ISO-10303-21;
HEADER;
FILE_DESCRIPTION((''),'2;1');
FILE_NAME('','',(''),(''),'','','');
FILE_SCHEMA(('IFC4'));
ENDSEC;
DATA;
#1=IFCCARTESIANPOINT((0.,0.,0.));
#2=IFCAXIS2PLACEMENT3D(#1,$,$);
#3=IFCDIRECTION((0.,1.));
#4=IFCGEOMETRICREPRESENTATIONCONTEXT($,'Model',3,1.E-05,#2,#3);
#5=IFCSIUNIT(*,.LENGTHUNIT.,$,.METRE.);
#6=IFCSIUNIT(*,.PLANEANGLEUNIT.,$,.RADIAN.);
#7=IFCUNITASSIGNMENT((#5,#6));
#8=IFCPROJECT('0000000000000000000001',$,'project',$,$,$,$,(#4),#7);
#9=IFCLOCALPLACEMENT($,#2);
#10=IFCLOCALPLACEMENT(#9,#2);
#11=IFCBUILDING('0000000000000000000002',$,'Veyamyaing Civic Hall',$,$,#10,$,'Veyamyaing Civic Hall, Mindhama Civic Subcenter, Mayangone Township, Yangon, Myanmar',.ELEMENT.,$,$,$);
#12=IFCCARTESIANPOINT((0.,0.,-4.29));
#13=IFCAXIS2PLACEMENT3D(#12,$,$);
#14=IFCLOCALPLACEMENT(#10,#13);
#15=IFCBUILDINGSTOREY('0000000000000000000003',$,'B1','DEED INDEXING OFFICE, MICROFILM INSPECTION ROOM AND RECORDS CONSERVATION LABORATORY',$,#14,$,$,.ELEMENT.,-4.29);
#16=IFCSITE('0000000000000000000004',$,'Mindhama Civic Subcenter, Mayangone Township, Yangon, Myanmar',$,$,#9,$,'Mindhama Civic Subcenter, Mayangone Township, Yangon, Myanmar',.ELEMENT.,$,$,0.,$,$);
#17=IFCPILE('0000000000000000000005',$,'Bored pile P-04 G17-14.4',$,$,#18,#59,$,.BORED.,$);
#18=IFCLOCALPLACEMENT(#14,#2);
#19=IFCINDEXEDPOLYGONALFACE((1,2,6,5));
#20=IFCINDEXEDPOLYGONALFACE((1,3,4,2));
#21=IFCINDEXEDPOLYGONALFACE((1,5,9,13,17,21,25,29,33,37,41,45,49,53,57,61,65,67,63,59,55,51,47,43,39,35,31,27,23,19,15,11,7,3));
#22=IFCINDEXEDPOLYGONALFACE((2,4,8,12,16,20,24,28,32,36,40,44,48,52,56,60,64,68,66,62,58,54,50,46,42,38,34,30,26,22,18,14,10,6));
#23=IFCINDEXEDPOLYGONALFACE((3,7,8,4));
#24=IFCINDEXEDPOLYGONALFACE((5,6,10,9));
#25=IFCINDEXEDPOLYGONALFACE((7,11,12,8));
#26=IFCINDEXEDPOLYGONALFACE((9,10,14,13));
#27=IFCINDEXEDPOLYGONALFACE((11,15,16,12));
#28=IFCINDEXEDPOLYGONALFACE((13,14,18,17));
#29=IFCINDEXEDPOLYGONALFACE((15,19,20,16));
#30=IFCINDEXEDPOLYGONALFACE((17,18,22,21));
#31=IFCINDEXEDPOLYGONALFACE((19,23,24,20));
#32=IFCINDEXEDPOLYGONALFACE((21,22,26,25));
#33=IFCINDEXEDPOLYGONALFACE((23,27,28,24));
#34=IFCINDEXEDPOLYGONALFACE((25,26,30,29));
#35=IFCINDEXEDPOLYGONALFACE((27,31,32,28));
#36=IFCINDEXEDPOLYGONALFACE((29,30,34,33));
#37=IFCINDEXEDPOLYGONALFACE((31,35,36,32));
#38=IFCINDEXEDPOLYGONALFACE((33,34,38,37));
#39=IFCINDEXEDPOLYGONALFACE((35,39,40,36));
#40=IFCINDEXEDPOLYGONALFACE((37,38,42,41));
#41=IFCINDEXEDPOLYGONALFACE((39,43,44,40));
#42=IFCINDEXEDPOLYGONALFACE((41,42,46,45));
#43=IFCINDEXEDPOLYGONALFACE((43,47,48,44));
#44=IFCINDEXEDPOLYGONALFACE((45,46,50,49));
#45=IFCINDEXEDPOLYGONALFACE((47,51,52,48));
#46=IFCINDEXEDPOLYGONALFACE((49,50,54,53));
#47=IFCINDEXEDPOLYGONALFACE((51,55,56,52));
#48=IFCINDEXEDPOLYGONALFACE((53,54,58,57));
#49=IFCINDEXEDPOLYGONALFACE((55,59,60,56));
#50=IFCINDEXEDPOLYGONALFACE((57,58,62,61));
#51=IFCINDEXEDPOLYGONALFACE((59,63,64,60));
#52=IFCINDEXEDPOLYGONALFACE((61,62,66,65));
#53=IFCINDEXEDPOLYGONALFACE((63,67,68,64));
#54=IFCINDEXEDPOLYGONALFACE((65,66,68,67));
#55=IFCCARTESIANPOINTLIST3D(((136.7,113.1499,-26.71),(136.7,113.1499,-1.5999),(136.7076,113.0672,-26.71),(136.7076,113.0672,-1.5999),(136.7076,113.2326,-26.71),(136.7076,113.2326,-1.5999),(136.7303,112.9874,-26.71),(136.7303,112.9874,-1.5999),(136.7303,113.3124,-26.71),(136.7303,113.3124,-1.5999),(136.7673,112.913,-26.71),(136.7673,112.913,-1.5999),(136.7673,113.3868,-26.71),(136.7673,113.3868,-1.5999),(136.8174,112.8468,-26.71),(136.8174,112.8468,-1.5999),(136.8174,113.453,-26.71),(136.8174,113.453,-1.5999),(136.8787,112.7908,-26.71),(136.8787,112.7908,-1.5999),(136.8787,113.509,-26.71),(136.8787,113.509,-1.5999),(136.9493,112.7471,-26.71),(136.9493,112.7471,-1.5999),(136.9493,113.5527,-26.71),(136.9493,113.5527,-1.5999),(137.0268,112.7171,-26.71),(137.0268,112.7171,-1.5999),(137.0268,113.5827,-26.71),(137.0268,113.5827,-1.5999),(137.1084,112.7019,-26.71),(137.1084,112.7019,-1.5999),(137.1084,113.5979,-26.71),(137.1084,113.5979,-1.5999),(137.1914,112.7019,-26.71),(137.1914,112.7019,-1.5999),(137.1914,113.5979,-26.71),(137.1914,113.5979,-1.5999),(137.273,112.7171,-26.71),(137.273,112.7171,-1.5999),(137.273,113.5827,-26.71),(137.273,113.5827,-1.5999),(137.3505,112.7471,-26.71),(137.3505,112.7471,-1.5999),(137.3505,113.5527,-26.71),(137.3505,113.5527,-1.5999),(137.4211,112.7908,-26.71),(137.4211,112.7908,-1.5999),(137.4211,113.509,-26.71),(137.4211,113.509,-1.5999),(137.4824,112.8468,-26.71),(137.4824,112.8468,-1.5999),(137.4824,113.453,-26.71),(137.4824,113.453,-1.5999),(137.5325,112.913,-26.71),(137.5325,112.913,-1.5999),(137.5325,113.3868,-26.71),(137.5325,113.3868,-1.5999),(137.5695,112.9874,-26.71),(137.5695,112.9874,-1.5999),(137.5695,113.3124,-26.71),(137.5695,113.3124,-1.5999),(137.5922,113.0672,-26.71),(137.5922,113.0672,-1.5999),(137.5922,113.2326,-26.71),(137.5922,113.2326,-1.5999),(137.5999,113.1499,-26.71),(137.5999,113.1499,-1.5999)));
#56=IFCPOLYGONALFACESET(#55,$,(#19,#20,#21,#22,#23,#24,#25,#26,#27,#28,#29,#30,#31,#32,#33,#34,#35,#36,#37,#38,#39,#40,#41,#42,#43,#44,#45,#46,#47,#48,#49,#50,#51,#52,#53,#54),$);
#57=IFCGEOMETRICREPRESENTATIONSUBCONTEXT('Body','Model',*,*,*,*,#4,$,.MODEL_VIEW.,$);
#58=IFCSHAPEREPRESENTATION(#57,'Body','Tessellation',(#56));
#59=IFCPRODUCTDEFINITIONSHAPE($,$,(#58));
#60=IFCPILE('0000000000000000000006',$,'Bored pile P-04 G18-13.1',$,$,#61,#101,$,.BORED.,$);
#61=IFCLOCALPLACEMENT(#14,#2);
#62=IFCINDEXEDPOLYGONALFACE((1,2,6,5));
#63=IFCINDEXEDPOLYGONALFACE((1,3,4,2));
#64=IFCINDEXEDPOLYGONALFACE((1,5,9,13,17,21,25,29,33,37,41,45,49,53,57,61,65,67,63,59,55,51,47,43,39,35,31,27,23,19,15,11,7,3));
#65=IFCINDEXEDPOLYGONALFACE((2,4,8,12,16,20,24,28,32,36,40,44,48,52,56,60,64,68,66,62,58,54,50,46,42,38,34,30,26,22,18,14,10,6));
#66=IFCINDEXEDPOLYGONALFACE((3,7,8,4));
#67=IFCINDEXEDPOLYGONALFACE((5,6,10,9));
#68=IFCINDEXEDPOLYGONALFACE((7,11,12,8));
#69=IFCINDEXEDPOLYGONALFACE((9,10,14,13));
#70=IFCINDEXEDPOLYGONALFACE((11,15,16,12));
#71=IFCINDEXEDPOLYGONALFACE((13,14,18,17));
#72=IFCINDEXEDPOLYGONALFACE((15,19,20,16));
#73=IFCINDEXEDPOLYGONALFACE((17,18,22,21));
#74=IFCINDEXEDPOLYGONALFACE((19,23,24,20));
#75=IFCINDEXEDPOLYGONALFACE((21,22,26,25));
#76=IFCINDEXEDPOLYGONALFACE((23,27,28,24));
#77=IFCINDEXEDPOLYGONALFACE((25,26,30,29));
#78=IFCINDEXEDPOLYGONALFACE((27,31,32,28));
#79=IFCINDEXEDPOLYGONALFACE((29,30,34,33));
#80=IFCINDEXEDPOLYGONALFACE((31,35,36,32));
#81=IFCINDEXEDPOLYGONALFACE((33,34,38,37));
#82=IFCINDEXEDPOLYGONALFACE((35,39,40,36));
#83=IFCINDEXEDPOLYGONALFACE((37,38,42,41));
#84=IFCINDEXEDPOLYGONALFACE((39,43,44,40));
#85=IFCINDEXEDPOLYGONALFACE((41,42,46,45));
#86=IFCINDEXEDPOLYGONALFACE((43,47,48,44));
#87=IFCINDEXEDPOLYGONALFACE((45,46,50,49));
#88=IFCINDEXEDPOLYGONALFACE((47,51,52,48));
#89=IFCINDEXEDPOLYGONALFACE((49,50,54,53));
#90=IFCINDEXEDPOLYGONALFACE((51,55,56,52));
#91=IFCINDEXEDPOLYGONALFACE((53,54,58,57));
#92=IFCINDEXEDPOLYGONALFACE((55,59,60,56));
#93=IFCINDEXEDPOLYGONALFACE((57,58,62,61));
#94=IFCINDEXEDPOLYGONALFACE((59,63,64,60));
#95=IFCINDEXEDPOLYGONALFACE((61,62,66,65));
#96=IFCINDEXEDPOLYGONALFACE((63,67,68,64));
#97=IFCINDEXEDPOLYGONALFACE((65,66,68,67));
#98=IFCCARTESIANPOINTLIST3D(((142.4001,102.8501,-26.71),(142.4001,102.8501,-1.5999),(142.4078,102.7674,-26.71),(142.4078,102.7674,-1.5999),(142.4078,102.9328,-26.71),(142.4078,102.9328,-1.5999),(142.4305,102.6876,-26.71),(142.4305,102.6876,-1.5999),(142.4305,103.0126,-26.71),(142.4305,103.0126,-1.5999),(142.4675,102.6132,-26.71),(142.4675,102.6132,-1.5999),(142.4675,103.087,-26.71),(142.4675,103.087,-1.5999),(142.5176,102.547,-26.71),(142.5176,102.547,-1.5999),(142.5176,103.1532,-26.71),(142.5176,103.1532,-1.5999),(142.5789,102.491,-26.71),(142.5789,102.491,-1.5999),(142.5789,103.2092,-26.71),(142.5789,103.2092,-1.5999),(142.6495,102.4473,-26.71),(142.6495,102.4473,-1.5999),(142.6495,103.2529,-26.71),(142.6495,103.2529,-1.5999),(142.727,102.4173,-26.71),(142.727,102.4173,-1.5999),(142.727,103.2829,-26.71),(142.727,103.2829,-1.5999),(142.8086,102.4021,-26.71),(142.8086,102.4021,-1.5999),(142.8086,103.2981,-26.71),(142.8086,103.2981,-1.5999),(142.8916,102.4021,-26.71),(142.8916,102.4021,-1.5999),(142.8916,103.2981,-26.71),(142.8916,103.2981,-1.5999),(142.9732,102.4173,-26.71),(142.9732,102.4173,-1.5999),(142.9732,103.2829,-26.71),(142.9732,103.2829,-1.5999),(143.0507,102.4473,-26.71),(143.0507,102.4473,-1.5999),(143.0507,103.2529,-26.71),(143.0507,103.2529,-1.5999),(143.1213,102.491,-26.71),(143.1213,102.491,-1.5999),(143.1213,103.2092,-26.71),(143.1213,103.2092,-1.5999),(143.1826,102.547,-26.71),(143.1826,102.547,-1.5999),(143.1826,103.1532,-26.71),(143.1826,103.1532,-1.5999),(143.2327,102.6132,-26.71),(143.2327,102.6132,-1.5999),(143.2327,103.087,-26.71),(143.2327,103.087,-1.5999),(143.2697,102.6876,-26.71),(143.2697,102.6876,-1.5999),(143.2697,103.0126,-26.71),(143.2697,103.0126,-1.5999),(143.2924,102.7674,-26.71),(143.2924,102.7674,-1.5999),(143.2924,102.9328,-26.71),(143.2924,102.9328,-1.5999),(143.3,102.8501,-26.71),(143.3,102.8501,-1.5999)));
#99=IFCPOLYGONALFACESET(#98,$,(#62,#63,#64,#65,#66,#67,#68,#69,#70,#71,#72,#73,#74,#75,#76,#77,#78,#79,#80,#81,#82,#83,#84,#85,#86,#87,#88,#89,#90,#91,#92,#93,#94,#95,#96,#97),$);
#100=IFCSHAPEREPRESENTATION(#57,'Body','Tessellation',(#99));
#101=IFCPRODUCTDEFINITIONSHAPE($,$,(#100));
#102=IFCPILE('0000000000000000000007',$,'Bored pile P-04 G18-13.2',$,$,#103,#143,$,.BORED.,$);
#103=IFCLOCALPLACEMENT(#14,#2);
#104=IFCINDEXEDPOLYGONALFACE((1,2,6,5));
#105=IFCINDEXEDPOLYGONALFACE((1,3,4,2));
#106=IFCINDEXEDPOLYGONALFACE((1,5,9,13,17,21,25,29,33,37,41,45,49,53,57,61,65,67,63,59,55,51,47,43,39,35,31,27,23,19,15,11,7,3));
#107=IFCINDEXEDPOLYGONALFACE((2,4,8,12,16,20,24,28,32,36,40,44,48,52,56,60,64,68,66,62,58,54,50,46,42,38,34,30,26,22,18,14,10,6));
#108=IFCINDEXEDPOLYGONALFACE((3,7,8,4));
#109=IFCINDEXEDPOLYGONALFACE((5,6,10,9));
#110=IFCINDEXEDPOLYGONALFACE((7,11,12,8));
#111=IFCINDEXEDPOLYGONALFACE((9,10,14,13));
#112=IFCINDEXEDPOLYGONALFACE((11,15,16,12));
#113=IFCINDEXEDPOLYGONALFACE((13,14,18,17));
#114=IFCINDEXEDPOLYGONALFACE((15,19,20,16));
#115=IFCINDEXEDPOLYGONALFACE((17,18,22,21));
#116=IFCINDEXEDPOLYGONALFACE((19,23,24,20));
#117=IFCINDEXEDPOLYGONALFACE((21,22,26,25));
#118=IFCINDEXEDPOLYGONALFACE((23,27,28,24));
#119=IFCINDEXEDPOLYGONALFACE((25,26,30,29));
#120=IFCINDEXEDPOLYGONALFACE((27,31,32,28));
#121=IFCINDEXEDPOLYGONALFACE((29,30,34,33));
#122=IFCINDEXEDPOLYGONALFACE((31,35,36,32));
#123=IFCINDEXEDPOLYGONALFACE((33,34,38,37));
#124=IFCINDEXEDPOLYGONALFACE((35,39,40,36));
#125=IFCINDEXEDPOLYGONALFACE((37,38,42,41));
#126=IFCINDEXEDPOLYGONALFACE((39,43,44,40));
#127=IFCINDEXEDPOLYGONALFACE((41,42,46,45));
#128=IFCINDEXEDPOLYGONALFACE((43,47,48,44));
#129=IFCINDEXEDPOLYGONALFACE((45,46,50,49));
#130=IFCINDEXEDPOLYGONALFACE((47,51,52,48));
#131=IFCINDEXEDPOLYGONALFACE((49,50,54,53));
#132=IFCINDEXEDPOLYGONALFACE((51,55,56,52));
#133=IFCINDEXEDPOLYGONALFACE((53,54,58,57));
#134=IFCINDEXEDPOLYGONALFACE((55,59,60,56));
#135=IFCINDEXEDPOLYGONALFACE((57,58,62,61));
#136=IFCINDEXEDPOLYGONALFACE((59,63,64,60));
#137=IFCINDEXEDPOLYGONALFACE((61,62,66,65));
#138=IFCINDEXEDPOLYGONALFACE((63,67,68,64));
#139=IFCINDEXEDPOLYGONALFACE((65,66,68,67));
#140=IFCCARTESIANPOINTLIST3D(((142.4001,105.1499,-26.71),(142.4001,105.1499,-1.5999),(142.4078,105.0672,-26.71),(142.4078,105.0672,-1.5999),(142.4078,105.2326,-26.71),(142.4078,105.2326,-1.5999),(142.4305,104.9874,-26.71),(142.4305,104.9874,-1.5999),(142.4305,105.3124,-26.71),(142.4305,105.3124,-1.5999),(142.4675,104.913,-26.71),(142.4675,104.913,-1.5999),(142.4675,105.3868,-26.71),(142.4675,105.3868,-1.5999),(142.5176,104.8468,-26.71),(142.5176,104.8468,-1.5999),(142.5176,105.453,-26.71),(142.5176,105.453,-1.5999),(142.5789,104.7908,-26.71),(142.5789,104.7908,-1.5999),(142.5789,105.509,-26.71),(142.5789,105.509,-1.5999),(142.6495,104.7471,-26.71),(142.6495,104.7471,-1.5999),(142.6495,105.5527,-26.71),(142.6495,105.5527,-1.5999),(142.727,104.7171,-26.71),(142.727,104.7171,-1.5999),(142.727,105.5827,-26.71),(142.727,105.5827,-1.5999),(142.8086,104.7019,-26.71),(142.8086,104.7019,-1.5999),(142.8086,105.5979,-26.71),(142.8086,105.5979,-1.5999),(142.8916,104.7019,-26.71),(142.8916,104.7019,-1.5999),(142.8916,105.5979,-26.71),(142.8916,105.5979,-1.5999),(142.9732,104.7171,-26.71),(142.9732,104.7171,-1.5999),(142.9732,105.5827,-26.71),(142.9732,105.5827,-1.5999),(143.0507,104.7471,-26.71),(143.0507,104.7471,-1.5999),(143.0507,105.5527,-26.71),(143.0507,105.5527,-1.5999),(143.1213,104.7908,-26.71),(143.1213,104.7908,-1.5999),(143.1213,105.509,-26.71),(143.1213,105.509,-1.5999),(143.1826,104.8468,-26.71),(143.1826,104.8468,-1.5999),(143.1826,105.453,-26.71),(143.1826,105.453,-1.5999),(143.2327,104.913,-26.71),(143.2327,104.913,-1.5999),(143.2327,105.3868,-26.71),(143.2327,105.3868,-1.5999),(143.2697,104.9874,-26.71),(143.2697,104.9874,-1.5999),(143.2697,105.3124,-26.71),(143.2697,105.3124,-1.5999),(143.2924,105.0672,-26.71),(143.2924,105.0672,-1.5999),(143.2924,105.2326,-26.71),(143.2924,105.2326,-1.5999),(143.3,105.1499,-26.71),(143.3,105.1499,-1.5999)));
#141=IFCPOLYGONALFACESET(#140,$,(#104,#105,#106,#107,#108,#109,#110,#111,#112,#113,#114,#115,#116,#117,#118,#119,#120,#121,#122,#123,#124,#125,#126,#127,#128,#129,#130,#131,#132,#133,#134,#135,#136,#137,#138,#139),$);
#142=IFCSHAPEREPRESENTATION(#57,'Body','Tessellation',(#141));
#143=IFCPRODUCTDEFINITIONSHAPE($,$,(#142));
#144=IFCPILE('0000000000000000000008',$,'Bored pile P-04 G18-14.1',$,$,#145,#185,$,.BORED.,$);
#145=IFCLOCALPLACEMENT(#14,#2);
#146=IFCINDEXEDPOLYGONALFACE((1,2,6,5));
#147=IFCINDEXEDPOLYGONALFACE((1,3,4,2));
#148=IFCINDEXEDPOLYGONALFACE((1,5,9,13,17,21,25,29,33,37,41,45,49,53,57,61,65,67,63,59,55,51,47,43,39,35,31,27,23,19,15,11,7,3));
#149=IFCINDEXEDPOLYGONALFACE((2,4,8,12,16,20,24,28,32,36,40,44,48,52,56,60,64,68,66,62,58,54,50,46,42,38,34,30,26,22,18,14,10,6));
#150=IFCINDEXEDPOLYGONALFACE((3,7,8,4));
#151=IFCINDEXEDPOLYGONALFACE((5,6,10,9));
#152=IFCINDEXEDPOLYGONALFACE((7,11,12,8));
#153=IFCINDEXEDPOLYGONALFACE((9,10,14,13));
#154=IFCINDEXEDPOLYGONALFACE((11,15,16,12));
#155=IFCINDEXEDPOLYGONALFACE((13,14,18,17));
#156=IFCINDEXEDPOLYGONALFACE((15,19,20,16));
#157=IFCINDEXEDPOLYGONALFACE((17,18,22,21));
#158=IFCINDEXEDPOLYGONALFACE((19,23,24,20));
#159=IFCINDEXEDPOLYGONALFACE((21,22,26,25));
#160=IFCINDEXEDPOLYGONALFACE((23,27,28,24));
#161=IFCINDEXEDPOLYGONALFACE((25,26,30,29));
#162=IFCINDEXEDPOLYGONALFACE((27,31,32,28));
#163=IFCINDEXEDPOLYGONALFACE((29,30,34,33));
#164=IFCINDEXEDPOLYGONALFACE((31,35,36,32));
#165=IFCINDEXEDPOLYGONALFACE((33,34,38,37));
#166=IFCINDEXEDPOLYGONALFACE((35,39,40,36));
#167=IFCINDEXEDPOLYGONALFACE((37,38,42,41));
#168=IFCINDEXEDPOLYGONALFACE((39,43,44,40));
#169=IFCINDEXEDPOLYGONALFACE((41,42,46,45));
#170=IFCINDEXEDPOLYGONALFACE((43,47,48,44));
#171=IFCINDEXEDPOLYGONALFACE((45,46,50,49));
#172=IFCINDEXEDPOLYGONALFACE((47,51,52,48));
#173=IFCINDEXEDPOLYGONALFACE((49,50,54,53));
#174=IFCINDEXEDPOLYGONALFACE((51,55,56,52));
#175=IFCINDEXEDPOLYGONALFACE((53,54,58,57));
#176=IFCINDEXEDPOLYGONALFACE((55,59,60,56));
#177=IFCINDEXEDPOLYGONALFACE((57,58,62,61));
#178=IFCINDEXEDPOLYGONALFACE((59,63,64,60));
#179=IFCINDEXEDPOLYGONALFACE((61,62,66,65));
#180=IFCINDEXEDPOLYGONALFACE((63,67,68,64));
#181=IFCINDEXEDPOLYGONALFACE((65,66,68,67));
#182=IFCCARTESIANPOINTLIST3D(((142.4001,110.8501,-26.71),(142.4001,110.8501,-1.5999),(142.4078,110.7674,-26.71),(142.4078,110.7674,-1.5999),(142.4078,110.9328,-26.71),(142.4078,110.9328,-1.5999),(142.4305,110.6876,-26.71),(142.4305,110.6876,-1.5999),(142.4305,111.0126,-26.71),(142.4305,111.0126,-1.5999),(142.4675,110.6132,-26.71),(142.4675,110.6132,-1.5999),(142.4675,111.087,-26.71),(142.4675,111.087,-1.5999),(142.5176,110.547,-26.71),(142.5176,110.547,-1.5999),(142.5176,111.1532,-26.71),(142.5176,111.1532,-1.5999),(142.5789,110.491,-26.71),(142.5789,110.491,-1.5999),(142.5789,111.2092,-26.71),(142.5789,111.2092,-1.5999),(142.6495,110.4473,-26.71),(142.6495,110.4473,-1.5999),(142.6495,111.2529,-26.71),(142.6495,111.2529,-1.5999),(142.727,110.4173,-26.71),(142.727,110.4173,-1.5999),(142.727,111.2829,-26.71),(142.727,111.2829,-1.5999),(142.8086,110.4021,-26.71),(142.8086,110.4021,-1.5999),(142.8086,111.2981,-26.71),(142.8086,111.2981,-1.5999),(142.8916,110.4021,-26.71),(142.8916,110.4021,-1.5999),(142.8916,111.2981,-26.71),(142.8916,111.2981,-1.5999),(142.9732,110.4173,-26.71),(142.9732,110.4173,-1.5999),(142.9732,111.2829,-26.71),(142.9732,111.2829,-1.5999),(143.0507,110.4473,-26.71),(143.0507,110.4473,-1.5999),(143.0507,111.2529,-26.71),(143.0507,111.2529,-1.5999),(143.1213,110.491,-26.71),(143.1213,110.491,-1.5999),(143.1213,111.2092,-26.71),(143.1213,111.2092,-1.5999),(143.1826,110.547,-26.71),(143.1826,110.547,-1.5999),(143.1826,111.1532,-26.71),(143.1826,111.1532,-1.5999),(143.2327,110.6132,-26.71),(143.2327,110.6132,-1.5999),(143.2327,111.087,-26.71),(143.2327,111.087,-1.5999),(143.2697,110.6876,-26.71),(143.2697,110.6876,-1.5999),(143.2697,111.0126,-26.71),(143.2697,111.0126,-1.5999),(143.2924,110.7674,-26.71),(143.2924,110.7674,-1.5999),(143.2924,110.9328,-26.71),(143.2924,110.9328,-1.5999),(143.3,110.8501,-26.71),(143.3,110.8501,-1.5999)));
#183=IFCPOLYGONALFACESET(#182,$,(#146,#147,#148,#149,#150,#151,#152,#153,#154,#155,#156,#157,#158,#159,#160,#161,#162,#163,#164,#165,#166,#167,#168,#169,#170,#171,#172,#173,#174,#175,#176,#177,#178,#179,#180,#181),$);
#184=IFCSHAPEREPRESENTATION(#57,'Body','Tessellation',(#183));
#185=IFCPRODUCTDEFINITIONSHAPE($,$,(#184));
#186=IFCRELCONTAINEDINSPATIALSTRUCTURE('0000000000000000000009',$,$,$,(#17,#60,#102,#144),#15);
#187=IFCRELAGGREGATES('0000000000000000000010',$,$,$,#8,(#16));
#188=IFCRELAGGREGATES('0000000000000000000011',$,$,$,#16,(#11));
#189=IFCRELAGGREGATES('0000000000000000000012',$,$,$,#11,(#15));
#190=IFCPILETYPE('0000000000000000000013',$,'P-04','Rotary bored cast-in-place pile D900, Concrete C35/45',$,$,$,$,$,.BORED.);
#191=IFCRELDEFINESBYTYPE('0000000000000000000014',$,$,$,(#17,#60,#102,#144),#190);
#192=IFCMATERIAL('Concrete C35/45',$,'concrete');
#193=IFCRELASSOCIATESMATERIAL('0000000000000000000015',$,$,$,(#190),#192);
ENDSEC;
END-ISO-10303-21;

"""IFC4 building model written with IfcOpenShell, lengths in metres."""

from ifc_helpers import new_model, si_unit, direction, frame, origin, origin_2d, place, context, subcontext, project, spatial, circle, extrude, material, material_profile, profile_set, type_object, element, save


model = new_model("IFC4")

# Units and contexts
model_context = context("Model", 3, precision=1e-05, world=origin(), true_north=direction((0.0, 1.0)))
body_context = subcontext(model_context, "Body", "Model", "MODEL_VIEW")
ifc_project = project(units=[si_unit("LENGTHUNIT", "METRE"), si_unit("PLANEANGLEUNIT", "RADIAN")], contexts=[model_context])

# Site, building, storey
site_placement = place(None, origin())
site = spatial("IfcSite", under=ifc_project, at=site_placement, Name="Mindhama Civic Subcenter, Mayangone Township, Yangon, Myanmar", LongName="Mindhama Civic Subcenter, Mayangone Township, Yangon, Myanmar", CompositionType="ELEMENT", RefElevation=0.0)
building_placement = place(site_placement, origin())
building = spatial("IfcBuilding", under=site, at=building_placement, Name="Veyamyaing Civic Hall", LongName="Veyamyaing Civic Hall, Mindhama Civic Subcenter, Mayangone Township, Yangon, Myanmar", CompositionType="ELEMENT")
storey_placement = place(building_placement, frame((0.0, 0.0, -4.29)))
storey = spatial("IfcBuildingStorey", under=building, at=storey_placement, Name="B1", Description="DEED INDEXING OFFICE, MICROFILM INSPECTION ROOM AND RECORDS CONSERVATION LABORATORY", CompositionType="ELEMENT", Elevation=-4.29)

# Piles
ifc_material_1 = material(Name="Concrete C35/45", Category="concrete")
ifc_material_profile_1 = material_profile(ifc_material_1, circle(Radius=0.45, at=origin_2d()), Name="PILE-D900")
ifc_profile_set_1 = profile_set([ifc_material_profile_1], Name="Concrete C35/45")
pile_type = type_object("IfcPileType", Name="P-04", Description="Rotary bored cast-in-place pile D900, Concrete C35/45", PredefinedType="BORED", material=ifc_profile_set_1)
for number, where, z_axis, x_axis, name in (
    (1, (137.1499, 113.1499, -1.5999), (0.0, 0.0, -1.0), (1.0, 0.0, 0.0), "Bored pile P-04 G17-14.4"),
    (2, (142.8501, 102.8501, -1.5999), (0.0, 0.0, -1.0), (1.0, 0.0, 0.0), "Bored pile P-04 G18-13.1"),
    (3, (142.8501, 105.1499, -1.5999), (0.0, 0.0, -1.0), (1.0, 0.0, 0.0), "Bored pile P-04 G18-13.2"),
    (4, (142.8501, 110.8501, -1.5999), (0.0, 0.0, -1.0), (1.0, 0.0, 0.0), "Bored pile P-04 G18-14.1"),
):
    element("IfcPile", number, at=place(storey_placement, frame(where, z_axis=z_axis, x_axis=x_axis)), inside=storey, type_object=pile_type, Name=name, PredefinedType="BORED", context=body_context, shape_type="SweptSolid", body=[
        extrude(circle(Radius=0.45, at=origin_2d()), origin(), (0.0, 0.0, 1.0), 25.1101),
    ])

save(model, "model.ifc")
